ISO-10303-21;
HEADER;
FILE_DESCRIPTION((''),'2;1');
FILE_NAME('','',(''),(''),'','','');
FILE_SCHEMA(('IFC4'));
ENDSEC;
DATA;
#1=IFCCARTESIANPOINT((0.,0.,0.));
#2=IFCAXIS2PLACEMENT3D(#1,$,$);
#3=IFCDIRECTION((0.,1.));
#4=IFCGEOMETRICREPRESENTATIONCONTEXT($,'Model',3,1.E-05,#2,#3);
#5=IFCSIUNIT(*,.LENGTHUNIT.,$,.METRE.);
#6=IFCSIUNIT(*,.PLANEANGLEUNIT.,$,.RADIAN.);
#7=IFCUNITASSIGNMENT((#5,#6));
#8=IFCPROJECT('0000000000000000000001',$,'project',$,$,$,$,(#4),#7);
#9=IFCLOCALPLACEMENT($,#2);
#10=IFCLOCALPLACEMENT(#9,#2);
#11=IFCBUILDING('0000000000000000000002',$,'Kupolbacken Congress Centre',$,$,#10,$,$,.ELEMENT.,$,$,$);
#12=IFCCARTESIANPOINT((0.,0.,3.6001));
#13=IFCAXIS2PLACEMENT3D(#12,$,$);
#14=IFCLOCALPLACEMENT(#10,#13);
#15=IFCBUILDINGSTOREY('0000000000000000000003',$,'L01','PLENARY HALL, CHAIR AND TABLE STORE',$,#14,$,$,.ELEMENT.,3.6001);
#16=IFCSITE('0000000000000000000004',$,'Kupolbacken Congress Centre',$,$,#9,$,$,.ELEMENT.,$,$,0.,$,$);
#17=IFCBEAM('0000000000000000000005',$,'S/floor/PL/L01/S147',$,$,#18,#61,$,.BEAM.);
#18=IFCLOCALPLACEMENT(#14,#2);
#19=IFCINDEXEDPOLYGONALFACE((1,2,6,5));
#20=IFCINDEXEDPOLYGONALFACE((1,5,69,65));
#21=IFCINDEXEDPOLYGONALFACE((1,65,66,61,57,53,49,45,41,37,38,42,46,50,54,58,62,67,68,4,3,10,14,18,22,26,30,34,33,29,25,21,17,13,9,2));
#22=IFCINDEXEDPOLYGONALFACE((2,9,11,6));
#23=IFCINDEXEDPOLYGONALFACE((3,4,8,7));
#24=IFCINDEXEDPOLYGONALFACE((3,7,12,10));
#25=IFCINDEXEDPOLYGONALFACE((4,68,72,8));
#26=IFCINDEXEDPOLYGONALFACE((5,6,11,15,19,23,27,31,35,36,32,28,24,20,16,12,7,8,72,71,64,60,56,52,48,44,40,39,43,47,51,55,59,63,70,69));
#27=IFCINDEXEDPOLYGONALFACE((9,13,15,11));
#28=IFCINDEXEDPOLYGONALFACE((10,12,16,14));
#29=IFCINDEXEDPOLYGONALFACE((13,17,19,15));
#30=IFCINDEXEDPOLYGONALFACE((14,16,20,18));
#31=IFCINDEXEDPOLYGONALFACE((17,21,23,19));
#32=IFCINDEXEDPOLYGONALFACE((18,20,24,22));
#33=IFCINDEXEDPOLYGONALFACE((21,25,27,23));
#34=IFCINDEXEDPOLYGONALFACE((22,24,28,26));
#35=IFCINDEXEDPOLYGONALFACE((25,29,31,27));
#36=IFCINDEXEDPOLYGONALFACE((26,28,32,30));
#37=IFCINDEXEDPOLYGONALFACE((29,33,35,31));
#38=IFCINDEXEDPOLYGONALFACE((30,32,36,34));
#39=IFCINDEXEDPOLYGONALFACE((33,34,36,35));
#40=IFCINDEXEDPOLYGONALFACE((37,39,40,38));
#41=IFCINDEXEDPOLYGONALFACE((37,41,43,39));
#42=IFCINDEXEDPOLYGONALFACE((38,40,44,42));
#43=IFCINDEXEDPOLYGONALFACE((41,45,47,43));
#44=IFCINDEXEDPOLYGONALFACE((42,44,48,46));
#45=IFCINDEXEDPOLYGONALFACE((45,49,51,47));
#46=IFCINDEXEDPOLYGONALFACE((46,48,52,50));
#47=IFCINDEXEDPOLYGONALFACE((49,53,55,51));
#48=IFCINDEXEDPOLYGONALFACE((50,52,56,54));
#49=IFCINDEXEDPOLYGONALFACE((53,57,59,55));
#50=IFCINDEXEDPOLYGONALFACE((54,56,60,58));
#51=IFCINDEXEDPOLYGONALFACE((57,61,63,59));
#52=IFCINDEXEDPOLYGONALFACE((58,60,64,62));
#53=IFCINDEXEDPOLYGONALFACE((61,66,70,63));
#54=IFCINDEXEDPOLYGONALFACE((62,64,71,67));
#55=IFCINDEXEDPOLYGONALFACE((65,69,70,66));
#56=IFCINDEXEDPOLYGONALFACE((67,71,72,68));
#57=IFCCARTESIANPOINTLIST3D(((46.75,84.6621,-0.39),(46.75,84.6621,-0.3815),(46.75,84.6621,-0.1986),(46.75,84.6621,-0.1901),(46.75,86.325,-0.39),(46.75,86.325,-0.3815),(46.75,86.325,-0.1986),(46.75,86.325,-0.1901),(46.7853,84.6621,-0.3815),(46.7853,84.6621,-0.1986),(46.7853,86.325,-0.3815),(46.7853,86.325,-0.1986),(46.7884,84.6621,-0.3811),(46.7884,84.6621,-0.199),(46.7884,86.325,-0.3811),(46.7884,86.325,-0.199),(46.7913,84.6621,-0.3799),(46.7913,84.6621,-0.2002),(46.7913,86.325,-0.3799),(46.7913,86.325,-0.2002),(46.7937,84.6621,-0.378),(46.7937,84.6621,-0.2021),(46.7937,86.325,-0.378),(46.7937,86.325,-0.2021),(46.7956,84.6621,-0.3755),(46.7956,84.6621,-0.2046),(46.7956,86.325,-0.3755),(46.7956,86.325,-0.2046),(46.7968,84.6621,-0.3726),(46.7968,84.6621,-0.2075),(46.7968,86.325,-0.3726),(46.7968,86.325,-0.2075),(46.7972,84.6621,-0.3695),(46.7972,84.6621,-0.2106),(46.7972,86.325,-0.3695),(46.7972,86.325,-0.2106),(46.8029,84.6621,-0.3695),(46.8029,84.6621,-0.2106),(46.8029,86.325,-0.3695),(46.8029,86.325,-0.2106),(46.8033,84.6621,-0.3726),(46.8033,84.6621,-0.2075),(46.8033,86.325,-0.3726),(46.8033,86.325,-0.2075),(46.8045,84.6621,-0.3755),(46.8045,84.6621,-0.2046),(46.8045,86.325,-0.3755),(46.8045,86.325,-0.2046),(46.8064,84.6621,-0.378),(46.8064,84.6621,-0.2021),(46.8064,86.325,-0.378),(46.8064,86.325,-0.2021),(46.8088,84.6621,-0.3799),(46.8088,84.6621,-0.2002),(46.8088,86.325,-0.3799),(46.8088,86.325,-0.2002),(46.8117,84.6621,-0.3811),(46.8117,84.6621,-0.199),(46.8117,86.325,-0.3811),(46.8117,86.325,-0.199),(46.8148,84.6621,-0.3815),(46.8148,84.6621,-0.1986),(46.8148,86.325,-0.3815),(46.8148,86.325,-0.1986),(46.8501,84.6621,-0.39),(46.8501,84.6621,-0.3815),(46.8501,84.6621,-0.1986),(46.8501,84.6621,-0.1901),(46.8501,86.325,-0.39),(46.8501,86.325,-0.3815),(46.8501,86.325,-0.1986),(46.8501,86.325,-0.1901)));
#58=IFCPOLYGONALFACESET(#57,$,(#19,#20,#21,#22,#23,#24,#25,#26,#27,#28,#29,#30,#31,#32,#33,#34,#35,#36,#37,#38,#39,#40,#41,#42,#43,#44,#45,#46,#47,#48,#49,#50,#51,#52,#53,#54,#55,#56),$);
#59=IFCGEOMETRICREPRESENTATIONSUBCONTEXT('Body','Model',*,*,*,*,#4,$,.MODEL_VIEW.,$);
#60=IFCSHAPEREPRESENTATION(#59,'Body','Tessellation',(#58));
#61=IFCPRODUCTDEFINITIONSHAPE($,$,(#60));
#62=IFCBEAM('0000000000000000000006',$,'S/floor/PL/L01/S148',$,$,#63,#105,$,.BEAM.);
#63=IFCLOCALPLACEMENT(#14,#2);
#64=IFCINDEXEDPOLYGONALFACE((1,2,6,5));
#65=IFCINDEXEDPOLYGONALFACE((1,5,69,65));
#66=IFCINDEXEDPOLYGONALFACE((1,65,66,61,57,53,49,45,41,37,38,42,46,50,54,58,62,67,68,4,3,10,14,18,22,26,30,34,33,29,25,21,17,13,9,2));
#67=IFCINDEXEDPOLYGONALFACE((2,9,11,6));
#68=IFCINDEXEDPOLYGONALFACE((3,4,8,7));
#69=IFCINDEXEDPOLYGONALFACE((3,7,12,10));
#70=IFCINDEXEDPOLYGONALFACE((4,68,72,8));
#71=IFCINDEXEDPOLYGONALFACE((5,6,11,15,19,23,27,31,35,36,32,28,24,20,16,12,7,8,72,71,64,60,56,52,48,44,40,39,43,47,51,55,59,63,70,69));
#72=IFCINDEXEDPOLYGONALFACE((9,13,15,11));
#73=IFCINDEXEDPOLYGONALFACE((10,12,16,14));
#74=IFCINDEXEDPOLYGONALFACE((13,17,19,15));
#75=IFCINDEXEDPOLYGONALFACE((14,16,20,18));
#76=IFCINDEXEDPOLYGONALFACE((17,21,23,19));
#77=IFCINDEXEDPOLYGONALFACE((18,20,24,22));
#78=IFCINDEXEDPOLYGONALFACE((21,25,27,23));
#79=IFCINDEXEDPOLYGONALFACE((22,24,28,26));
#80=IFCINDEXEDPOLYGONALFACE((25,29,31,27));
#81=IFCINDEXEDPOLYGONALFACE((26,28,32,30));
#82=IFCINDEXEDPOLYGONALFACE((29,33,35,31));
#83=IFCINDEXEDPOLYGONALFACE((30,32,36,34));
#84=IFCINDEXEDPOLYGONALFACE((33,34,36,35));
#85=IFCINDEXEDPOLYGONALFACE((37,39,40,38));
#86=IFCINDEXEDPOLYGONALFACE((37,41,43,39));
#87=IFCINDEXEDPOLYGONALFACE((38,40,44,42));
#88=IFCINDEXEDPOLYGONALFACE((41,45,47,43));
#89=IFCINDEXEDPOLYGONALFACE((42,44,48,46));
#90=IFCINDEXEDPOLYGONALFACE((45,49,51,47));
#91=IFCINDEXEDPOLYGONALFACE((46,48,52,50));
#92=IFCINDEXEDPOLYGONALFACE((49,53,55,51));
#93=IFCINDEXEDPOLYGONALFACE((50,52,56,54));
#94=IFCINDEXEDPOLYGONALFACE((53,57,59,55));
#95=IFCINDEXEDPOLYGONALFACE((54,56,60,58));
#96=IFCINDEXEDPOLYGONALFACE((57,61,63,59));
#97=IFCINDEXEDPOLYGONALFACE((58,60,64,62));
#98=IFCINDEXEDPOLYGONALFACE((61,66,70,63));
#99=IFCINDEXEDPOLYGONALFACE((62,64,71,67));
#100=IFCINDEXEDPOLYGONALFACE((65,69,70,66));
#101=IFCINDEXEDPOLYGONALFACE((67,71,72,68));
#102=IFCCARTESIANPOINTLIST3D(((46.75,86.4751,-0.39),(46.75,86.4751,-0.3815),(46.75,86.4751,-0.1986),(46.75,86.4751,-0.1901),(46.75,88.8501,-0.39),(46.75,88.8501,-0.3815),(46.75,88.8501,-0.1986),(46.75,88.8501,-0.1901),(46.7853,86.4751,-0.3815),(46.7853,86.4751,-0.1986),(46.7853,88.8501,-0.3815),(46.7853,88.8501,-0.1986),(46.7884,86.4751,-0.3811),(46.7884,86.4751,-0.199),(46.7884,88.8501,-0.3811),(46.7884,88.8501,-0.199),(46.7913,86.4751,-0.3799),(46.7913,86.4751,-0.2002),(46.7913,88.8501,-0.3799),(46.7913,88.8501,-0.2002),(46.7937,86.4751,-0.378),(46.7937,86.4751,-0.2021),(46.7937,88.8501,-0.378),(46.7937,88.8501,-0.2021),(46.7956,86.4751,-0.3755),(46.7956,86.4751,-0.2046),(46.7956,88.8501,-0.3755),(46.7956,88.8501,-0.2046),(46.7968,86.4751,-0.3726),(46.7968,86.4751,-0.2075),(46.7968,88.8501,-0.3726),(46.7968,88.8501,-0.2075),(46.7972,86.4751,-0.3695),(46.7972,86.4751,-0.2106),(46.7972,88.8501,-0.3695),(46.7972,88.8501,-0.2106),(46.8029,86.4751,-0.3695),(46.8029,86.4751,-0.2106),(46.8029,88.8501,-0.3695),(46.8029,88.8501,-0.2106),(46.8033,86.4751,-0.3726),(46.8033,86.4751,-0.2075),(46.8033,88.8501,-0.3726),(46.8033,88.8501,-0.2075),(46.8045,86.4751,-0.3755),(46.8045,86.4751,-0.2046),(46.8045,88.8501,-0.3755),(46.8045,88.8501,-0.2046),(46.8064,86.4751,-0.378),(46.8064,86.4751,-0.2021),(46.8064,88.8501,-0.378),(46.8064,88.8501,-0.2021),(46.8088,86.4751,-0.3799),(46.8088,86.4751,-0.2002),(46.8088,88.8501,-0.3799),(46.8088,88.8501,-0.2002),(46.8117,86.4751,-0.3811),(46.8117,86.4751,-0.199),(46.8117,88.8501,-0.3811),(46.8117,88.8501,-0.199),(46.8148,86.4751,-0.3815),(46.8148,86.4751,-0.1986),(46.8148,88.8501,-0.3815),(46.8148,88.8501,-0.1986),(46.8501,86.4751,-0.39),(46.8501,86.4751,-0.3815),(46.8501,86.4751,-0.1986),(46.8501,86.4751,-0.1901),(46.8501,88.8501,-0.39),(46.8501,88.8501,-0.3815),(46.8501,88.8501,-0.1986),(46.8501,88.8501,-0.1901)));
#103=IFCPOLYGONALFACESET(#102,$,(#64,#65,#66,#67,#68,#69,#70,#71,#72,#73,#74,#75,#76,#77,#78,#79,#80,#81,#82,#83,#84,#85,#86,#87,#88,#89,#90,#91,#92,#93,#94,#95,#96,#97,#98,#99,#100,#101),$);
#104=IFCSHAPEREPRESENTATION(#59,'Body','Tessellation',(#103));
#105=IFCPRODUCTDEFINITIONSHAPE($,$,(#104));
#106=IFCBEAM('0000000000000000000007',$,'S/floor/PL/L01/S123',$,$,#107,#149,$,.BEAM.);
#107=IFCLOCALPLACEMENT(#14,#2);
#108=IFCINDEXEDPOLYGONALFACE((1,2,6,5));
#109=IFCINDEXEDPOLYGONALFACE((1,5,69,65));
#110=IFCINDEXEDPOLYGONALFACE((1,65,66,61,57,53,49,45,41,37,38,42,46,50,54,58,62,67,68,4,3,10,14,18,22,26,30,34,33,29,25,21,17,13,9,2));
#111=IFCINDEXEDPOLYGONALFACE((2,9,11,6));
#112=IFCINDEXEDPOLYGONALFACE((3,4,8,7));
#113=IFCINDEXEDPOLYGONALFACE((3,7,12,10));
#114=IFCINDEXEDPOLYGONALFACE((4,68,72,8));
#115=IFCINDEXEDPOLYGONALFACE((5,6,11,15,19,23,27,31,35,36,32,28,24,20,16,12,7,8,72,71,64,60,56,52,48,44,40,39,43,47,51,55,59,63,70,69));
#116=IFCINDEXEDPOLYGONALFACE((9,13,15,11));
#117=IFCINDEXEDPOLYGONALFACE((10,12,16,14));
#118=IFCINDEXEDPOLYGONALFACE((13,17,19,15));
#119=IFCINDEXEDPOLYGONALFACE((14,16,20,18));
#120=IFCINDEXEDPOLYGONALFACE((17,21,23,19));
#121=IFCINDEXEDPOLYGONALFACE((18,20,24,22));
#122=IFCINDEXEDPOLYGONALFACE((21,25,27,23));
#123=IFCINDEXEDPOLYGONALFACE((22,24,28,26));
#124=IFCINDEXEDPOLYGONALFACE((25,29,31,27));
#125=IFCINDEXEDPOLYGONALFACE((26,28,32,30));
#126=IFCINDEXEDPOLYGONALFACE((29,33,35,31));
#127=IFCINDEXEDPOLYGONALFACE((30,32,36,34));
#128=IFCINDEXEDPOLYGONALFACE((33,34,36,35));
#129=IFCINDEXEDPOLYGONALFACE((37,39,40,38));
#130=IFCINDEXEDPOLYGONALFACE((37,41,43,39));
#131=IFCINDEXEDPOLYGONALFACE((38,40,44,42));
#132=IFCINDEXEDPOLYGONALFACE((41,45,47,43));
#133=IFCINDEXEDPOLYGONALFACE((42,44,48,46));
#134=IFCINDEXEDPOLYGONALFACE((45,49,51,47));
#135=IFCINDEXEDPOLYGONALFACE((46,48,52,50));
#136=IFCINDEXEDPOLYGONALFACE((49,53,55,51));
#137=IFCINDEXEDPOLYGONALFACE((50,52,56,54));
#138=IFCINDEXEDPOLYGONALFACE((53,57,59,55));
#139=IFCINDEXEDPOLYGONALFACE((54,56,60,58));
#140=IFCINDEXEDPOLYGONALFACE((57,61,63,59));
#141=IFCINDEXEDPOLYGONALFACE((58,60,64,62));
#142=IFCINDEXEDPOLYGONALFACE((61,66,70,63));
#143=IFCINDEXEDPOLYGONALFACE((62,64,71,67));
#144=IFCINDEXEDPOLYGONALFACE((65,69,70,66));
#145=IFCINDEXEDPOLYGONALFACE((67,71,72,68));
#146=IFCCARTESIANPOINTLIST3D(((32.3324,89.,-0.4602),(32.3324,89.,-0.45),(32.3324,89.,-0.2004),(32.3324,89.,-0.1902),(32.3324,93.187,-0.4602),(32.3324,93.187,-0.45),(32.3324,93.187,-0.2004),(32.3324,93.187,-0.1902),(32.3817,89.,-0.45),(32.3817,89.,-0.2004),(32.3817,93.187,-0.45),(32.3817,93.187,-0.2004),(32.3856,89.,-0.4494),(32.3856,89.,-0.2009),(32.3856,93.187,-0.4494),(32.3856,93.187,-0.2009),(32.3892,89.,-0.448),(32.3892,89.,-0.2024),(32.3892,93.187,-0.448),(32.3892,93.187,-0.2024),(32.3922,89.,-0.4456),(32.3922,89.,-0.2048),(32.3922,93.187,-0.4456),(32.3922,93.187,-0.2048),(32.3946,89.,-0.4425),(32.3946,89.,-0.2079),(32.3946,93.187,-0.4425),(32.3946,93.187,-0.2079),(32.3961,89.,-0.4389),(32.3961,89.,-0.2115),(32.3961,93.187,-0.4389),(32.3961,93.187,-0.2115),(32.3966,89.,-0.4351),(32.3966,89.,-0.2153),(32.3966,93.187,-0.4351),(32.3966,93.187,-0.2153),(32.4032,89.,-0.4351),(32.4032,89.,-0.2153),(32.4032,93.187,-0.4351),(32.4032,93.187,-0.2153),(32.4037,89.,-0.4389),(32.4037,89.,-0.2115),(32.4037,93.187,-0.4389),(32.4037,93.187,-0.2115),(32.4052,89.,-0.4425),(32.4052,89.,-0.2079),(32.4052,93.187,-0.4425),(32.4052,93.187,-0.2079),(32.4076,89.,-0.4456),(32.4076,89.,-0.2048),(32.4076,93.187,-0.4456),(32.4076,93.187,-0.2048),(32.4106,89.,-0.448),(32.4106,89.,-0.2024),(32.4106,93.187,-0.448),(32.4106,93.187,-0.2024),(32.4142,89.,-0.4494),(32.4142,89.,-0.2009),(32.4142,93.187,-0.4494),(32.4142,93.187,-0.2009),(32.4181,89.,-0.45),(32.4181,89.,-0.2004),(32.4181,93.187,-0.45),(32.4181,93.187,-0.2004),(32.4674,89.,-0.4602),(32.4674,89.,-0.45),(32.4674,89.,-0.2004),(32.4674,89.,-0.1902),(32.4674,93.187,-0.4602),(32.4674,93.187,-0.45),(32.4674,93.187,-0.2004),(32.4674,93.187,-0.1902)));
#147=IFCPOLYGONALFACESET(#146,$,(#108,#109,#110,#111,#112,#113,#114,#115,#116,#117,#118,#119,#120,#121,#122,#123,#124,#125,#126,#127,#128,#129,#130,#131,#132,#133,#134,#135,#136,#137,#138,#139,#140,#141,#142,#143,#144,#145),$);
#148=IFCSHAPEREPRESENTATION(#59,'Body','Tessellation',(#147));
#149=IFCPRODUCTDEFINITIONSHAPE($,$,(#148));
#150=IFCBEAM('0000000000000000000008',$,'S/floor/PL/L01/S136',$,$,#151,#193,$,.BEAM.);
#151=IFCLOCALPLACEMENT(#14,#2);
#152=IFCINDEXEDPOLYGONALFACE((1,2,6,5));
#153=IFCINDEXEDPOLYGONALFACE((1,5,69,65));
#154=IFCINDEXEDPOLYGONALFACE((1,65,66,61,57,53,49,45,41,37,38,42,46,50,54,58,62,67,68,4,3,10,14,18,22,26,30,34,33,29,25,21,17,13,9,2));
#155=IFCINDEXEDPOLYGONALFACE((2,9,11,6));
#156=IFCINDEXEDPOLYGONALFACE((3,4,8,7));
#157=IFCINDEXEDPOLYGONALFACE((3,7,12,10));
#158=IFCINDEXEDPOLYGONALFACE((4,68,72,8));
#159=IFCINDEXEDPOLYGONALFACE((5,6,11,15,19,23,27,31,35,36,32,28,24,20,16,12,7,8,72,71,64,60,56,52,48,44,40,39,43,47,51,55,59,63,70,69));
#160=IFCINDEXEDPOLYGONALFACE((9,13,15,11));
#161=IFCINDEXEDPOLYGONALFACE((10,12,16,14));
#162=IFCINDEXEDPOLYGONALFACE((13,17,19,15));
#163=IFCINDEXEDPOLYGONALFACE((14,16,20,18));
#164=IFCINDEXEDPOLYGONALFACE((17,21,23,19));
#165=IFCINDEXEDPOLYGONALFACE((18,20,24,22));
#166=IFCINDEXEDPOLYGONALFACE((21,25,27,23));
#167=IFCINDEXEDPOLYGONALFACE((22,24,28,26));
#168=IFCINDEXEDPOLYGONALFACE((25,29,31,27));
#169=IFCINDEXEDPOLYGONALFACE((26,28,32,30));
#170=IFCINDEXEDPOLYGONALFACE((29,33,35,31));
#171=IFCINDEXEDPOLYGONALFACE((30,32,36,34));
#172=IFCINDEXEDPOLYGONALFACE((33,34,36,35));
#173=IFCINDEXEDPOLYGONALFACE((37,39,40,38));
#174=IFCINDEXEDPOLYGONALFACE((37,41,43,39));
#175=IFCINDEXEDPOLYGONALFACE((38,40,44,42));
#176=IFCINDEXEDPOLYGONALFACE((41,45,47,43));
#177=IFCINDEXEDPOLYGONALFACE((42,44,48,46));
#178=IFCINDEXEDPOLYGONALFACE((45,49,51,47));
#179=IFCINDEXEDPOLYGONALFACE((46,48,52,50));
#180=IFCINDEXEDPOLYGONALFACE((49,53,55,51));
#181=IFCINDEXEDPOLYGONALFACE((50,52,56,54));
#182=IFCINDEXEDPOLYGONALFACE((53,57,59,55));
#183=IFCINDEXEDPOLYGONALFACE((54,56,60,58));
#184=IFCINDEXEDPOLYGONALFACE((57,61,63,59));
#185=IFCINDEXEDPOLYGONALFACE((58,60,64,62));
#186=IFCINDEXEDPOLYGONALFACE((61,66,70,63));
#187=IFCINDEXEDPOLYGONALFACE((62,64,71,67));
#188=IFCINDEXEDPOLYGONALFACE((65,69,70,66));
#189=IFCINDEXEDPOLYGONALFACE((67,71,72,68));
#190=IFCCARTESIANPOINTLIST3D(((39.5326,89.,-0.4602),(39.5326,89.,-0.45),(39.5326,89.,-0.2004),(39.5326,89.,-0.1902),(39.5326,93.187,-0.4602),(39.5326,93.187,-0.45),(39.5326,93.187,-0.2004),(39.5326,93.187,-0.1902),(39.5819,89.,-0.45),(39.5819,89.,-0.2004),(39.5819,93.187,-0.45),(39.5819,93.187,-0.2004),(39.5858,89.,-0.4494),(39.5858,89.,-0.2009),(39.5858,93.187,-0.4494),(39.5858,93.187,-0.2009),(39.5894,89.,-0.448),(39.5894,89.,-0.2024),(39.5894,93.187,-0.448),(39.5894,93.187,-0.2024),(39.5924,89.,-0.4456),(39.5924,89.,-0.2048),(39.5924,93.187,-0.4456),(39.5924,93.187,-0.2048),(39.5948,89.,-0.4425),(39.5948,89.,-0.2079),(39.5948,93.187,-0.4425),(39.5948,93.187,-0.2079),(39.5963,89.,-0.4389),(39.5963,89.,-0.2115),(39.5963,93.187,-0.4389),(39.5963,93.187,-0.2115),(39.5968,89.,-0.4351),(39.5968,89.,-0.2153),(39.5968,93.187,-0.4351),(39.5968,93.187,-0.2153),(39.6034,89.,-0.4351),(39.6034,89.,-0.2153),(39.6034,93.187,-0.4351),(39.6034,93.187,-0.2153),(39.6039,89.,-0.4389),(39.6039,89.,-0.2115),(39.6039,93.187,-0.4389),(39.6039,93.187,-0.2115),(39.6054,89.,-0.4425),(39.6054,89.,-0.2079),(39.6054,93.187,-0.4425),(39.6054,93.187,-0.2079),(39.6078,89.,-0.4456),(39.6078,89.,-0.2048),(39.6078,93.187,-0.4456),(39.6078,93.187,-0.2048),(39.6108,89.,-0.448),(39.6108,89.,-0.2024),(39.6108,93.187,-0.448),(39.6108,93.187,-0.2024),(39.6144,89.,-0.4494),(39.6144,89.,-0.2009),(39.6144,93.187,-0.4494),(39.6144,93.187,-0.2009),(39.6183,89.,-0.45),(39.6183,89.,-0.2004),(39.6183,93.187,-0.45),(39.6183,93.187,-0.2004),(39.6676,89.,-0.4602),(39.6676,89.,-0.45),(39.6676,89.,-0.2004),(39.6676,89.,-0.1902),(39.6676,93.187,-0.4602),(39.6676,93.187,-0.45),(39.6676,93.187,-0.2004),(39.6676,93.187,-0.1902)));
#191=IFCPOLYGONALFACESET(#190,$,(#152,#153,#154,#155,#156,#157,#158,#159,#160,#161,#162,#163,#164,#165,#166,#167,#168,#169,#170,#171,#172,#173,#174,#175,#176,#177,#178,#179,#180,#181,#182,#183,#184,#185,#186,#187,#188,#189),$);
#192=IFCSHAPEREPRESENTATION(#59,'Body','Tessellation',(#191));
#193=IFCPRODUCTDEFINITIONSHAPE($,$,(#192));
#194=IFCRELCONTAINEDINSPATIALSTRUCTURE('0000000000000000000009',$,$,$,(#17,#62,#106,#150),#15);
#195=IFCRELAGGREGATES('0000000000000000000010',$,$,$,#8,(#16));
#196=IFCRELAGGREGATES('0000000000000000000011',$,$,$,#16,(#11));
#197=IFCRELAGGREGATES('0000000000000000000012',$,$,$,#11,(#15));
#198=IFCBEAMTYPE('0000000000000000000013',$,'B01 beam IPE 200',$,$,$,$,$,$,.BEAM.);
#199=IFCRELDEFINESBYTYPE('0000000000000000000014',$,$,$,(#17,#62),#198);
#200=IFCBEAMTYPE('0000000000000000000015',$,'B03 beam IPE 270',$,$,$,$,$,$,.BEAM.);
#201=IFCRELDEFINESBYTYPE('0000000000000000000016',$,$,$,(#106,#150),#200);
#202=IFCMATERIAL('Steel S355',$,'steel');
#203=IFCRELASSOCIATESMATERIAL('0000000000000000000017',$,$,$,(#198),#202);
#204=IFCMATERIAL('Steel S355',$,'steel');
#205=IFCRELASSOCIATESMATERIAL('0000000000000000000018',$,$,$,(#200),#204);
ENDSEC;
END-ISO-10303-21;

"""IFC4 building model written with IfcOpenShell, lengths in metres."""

from ifc_helpers import new_model, si_unit, direction, frame, origin, origin_2d, place, context, subcontext, project, spatial, i_section, extrude, material, material_profile, profile_set, type_object, element, save


model = new_model("IFC4")

# Units and contexts
model_context = context("Model", 3, precision=1e-05, world=origin(), true_north=direction((0.0, 1.0)))
body_context = subcontext(model_context, "Body", "Model", "MODEL_VIEW")
ifc_project = project(units=[si_unit("LENGTHUNIT", "METRE"), si_unit("PLANEANGLEUNIT", "RADIAN")], contexts=[model_context])

# Site, building, storey
site_placement = place(None, origin())
site = spatial("IfcSite", under=ifc_project, at=site_placement, Name="Kupolbacken Congress Centre", CompositionType="ELEMENT", RefElevation=0.0)
building_placement = place(site_placement, origin())
building = spatial("IfcBuilding", under=site, at=building_placement, Name="Kupolbacken Congress Centre", CompositionType="ELEMENT")
storey_placement = place(building_placement, frame((0.0, 0.0, 3.6001)))
storey = spatial("IfcBuildingStorey", under=building, at=storey_placement, Name="L01", Description="PLENARY HALL, CHAIR AND TABLE STORE", CompositionType="ELEMENT", Elevation=3.6001)

# Beams
ifc_material_1 = material(Name="Steel S355", Category="steel")
ifc_material_profile_1 = material_profile(ifc_material_1, i_section(OverallWidth=0.1001, OverallDepth=0.2, WebThickness=0.0056, FlangeThickness=0.0085, FilletRadius=0.012, at=origin_2d()), Name="IPE 200")
ifc_profile_set_1 = profile_set([ifc_material_profile_1], Name="Steel S355")
beam_type_1 = type_object("IfcBeamType", Name="B01 beam IPE 200", PredefinedType="BEAM", material=ifc_profile_set_1)
beam_1_placement = place(storey_placement, frame((46.8, 84.6621, -0.29), z_axis=(0.0, 1.0, 0.0), x_axis=(-1.0, 0.0, 0.0)))
element("IfcBeam", 1, at=beam_1_placement, inside=storey, type_object=beam_type_1, Name="S/floor/PL/L01/S147", PredefinedType="BEAM", context=body_context, shape_type="SweptSolid", body=[
    extrude(i_section(OverallWidth=0.1001, OverallDepth=0.2, WebThickness=0.0056, FlangeThickness=0.0085, FilletRadius=0.012, at=origin_2d()), origin(), (0.0, 0.0, 1.0), 1.6628),
])
beam_2_placement = place(storey_placement, frame((46.8, 86.4751, -0.29), z_axis=(0.0, 1.0, 0.0), x_axis=(-1.0, 0.0, 0.0)))
element("IfcBeam", 2, at=beam_2_placement, inside=storey, type_object=beam_type_1, Name="S/floor/PL/L01/S148", PredefinedType="BEAM", context=body_context, shape_type="SweptSolid", body=[
    extrude(i_section(OverallWidth=0.1001, OverallDepth=0.2, WebThickness=0.0056, FlangeThickness=0.0085, FilletRadius=0.012, at=origin_2d()), origin(), (0.0, 0.0, 1.0), 2.375),
])
ifc_material_2 = material(Name="Steel S355", Category="steel")
ifc_material_profile_2 = material_profile(ifc_material_2, i_section(OverallWidth=0.135, OverallDepth=0.27, WebThickness=0.0066, FlangeThickness=0.0103, FilletRadius=0.0149, at=origin_2d()), Name="IPE 270")
ifc_profile_set_2 = profile_set([ifc_material_profile_2], Name="Steel S355")
beam_type_2 = type_object("IfcBeamType", Name="B03 beam IPE 270", PredefinedType="BEAM", material=ifc_profile_set_2)
for number, where, z_axis, x_axis, name in (
    (3, (32.3999, 89.0, -0.3252), (0.0, 1.0, 0.0), (-1.0, 0.0, 0.0), "S/floor/PL/L01/S123"),
    (4, (39.6001, 89.0, -0.3252), (0.0, 1.0, 0.0), (-1.0, 0.0, 0.0), "S/floor/PL/L01/S136"),
):
    element("IfcBeam", number, at=place(storey_placement, frame(where, z_axis=z_axis, x_axis=x_axis)), inside=storey, type_object=beam_type_2, Name=name, PredefinedType="BEAM", context=body_context, shape_type="SweptSolid", body=[
        extrude(i_section(OverallWidth=0.135, OverallDepth=0.27, WebThickness=0.0066, FlangeThickness=0.0103, FilletRadius=0.0149, at=origin_2d()), origin(), (0.0, 0.0, 1.0), 4.187),
    ])

save(model, "model.ifc")
